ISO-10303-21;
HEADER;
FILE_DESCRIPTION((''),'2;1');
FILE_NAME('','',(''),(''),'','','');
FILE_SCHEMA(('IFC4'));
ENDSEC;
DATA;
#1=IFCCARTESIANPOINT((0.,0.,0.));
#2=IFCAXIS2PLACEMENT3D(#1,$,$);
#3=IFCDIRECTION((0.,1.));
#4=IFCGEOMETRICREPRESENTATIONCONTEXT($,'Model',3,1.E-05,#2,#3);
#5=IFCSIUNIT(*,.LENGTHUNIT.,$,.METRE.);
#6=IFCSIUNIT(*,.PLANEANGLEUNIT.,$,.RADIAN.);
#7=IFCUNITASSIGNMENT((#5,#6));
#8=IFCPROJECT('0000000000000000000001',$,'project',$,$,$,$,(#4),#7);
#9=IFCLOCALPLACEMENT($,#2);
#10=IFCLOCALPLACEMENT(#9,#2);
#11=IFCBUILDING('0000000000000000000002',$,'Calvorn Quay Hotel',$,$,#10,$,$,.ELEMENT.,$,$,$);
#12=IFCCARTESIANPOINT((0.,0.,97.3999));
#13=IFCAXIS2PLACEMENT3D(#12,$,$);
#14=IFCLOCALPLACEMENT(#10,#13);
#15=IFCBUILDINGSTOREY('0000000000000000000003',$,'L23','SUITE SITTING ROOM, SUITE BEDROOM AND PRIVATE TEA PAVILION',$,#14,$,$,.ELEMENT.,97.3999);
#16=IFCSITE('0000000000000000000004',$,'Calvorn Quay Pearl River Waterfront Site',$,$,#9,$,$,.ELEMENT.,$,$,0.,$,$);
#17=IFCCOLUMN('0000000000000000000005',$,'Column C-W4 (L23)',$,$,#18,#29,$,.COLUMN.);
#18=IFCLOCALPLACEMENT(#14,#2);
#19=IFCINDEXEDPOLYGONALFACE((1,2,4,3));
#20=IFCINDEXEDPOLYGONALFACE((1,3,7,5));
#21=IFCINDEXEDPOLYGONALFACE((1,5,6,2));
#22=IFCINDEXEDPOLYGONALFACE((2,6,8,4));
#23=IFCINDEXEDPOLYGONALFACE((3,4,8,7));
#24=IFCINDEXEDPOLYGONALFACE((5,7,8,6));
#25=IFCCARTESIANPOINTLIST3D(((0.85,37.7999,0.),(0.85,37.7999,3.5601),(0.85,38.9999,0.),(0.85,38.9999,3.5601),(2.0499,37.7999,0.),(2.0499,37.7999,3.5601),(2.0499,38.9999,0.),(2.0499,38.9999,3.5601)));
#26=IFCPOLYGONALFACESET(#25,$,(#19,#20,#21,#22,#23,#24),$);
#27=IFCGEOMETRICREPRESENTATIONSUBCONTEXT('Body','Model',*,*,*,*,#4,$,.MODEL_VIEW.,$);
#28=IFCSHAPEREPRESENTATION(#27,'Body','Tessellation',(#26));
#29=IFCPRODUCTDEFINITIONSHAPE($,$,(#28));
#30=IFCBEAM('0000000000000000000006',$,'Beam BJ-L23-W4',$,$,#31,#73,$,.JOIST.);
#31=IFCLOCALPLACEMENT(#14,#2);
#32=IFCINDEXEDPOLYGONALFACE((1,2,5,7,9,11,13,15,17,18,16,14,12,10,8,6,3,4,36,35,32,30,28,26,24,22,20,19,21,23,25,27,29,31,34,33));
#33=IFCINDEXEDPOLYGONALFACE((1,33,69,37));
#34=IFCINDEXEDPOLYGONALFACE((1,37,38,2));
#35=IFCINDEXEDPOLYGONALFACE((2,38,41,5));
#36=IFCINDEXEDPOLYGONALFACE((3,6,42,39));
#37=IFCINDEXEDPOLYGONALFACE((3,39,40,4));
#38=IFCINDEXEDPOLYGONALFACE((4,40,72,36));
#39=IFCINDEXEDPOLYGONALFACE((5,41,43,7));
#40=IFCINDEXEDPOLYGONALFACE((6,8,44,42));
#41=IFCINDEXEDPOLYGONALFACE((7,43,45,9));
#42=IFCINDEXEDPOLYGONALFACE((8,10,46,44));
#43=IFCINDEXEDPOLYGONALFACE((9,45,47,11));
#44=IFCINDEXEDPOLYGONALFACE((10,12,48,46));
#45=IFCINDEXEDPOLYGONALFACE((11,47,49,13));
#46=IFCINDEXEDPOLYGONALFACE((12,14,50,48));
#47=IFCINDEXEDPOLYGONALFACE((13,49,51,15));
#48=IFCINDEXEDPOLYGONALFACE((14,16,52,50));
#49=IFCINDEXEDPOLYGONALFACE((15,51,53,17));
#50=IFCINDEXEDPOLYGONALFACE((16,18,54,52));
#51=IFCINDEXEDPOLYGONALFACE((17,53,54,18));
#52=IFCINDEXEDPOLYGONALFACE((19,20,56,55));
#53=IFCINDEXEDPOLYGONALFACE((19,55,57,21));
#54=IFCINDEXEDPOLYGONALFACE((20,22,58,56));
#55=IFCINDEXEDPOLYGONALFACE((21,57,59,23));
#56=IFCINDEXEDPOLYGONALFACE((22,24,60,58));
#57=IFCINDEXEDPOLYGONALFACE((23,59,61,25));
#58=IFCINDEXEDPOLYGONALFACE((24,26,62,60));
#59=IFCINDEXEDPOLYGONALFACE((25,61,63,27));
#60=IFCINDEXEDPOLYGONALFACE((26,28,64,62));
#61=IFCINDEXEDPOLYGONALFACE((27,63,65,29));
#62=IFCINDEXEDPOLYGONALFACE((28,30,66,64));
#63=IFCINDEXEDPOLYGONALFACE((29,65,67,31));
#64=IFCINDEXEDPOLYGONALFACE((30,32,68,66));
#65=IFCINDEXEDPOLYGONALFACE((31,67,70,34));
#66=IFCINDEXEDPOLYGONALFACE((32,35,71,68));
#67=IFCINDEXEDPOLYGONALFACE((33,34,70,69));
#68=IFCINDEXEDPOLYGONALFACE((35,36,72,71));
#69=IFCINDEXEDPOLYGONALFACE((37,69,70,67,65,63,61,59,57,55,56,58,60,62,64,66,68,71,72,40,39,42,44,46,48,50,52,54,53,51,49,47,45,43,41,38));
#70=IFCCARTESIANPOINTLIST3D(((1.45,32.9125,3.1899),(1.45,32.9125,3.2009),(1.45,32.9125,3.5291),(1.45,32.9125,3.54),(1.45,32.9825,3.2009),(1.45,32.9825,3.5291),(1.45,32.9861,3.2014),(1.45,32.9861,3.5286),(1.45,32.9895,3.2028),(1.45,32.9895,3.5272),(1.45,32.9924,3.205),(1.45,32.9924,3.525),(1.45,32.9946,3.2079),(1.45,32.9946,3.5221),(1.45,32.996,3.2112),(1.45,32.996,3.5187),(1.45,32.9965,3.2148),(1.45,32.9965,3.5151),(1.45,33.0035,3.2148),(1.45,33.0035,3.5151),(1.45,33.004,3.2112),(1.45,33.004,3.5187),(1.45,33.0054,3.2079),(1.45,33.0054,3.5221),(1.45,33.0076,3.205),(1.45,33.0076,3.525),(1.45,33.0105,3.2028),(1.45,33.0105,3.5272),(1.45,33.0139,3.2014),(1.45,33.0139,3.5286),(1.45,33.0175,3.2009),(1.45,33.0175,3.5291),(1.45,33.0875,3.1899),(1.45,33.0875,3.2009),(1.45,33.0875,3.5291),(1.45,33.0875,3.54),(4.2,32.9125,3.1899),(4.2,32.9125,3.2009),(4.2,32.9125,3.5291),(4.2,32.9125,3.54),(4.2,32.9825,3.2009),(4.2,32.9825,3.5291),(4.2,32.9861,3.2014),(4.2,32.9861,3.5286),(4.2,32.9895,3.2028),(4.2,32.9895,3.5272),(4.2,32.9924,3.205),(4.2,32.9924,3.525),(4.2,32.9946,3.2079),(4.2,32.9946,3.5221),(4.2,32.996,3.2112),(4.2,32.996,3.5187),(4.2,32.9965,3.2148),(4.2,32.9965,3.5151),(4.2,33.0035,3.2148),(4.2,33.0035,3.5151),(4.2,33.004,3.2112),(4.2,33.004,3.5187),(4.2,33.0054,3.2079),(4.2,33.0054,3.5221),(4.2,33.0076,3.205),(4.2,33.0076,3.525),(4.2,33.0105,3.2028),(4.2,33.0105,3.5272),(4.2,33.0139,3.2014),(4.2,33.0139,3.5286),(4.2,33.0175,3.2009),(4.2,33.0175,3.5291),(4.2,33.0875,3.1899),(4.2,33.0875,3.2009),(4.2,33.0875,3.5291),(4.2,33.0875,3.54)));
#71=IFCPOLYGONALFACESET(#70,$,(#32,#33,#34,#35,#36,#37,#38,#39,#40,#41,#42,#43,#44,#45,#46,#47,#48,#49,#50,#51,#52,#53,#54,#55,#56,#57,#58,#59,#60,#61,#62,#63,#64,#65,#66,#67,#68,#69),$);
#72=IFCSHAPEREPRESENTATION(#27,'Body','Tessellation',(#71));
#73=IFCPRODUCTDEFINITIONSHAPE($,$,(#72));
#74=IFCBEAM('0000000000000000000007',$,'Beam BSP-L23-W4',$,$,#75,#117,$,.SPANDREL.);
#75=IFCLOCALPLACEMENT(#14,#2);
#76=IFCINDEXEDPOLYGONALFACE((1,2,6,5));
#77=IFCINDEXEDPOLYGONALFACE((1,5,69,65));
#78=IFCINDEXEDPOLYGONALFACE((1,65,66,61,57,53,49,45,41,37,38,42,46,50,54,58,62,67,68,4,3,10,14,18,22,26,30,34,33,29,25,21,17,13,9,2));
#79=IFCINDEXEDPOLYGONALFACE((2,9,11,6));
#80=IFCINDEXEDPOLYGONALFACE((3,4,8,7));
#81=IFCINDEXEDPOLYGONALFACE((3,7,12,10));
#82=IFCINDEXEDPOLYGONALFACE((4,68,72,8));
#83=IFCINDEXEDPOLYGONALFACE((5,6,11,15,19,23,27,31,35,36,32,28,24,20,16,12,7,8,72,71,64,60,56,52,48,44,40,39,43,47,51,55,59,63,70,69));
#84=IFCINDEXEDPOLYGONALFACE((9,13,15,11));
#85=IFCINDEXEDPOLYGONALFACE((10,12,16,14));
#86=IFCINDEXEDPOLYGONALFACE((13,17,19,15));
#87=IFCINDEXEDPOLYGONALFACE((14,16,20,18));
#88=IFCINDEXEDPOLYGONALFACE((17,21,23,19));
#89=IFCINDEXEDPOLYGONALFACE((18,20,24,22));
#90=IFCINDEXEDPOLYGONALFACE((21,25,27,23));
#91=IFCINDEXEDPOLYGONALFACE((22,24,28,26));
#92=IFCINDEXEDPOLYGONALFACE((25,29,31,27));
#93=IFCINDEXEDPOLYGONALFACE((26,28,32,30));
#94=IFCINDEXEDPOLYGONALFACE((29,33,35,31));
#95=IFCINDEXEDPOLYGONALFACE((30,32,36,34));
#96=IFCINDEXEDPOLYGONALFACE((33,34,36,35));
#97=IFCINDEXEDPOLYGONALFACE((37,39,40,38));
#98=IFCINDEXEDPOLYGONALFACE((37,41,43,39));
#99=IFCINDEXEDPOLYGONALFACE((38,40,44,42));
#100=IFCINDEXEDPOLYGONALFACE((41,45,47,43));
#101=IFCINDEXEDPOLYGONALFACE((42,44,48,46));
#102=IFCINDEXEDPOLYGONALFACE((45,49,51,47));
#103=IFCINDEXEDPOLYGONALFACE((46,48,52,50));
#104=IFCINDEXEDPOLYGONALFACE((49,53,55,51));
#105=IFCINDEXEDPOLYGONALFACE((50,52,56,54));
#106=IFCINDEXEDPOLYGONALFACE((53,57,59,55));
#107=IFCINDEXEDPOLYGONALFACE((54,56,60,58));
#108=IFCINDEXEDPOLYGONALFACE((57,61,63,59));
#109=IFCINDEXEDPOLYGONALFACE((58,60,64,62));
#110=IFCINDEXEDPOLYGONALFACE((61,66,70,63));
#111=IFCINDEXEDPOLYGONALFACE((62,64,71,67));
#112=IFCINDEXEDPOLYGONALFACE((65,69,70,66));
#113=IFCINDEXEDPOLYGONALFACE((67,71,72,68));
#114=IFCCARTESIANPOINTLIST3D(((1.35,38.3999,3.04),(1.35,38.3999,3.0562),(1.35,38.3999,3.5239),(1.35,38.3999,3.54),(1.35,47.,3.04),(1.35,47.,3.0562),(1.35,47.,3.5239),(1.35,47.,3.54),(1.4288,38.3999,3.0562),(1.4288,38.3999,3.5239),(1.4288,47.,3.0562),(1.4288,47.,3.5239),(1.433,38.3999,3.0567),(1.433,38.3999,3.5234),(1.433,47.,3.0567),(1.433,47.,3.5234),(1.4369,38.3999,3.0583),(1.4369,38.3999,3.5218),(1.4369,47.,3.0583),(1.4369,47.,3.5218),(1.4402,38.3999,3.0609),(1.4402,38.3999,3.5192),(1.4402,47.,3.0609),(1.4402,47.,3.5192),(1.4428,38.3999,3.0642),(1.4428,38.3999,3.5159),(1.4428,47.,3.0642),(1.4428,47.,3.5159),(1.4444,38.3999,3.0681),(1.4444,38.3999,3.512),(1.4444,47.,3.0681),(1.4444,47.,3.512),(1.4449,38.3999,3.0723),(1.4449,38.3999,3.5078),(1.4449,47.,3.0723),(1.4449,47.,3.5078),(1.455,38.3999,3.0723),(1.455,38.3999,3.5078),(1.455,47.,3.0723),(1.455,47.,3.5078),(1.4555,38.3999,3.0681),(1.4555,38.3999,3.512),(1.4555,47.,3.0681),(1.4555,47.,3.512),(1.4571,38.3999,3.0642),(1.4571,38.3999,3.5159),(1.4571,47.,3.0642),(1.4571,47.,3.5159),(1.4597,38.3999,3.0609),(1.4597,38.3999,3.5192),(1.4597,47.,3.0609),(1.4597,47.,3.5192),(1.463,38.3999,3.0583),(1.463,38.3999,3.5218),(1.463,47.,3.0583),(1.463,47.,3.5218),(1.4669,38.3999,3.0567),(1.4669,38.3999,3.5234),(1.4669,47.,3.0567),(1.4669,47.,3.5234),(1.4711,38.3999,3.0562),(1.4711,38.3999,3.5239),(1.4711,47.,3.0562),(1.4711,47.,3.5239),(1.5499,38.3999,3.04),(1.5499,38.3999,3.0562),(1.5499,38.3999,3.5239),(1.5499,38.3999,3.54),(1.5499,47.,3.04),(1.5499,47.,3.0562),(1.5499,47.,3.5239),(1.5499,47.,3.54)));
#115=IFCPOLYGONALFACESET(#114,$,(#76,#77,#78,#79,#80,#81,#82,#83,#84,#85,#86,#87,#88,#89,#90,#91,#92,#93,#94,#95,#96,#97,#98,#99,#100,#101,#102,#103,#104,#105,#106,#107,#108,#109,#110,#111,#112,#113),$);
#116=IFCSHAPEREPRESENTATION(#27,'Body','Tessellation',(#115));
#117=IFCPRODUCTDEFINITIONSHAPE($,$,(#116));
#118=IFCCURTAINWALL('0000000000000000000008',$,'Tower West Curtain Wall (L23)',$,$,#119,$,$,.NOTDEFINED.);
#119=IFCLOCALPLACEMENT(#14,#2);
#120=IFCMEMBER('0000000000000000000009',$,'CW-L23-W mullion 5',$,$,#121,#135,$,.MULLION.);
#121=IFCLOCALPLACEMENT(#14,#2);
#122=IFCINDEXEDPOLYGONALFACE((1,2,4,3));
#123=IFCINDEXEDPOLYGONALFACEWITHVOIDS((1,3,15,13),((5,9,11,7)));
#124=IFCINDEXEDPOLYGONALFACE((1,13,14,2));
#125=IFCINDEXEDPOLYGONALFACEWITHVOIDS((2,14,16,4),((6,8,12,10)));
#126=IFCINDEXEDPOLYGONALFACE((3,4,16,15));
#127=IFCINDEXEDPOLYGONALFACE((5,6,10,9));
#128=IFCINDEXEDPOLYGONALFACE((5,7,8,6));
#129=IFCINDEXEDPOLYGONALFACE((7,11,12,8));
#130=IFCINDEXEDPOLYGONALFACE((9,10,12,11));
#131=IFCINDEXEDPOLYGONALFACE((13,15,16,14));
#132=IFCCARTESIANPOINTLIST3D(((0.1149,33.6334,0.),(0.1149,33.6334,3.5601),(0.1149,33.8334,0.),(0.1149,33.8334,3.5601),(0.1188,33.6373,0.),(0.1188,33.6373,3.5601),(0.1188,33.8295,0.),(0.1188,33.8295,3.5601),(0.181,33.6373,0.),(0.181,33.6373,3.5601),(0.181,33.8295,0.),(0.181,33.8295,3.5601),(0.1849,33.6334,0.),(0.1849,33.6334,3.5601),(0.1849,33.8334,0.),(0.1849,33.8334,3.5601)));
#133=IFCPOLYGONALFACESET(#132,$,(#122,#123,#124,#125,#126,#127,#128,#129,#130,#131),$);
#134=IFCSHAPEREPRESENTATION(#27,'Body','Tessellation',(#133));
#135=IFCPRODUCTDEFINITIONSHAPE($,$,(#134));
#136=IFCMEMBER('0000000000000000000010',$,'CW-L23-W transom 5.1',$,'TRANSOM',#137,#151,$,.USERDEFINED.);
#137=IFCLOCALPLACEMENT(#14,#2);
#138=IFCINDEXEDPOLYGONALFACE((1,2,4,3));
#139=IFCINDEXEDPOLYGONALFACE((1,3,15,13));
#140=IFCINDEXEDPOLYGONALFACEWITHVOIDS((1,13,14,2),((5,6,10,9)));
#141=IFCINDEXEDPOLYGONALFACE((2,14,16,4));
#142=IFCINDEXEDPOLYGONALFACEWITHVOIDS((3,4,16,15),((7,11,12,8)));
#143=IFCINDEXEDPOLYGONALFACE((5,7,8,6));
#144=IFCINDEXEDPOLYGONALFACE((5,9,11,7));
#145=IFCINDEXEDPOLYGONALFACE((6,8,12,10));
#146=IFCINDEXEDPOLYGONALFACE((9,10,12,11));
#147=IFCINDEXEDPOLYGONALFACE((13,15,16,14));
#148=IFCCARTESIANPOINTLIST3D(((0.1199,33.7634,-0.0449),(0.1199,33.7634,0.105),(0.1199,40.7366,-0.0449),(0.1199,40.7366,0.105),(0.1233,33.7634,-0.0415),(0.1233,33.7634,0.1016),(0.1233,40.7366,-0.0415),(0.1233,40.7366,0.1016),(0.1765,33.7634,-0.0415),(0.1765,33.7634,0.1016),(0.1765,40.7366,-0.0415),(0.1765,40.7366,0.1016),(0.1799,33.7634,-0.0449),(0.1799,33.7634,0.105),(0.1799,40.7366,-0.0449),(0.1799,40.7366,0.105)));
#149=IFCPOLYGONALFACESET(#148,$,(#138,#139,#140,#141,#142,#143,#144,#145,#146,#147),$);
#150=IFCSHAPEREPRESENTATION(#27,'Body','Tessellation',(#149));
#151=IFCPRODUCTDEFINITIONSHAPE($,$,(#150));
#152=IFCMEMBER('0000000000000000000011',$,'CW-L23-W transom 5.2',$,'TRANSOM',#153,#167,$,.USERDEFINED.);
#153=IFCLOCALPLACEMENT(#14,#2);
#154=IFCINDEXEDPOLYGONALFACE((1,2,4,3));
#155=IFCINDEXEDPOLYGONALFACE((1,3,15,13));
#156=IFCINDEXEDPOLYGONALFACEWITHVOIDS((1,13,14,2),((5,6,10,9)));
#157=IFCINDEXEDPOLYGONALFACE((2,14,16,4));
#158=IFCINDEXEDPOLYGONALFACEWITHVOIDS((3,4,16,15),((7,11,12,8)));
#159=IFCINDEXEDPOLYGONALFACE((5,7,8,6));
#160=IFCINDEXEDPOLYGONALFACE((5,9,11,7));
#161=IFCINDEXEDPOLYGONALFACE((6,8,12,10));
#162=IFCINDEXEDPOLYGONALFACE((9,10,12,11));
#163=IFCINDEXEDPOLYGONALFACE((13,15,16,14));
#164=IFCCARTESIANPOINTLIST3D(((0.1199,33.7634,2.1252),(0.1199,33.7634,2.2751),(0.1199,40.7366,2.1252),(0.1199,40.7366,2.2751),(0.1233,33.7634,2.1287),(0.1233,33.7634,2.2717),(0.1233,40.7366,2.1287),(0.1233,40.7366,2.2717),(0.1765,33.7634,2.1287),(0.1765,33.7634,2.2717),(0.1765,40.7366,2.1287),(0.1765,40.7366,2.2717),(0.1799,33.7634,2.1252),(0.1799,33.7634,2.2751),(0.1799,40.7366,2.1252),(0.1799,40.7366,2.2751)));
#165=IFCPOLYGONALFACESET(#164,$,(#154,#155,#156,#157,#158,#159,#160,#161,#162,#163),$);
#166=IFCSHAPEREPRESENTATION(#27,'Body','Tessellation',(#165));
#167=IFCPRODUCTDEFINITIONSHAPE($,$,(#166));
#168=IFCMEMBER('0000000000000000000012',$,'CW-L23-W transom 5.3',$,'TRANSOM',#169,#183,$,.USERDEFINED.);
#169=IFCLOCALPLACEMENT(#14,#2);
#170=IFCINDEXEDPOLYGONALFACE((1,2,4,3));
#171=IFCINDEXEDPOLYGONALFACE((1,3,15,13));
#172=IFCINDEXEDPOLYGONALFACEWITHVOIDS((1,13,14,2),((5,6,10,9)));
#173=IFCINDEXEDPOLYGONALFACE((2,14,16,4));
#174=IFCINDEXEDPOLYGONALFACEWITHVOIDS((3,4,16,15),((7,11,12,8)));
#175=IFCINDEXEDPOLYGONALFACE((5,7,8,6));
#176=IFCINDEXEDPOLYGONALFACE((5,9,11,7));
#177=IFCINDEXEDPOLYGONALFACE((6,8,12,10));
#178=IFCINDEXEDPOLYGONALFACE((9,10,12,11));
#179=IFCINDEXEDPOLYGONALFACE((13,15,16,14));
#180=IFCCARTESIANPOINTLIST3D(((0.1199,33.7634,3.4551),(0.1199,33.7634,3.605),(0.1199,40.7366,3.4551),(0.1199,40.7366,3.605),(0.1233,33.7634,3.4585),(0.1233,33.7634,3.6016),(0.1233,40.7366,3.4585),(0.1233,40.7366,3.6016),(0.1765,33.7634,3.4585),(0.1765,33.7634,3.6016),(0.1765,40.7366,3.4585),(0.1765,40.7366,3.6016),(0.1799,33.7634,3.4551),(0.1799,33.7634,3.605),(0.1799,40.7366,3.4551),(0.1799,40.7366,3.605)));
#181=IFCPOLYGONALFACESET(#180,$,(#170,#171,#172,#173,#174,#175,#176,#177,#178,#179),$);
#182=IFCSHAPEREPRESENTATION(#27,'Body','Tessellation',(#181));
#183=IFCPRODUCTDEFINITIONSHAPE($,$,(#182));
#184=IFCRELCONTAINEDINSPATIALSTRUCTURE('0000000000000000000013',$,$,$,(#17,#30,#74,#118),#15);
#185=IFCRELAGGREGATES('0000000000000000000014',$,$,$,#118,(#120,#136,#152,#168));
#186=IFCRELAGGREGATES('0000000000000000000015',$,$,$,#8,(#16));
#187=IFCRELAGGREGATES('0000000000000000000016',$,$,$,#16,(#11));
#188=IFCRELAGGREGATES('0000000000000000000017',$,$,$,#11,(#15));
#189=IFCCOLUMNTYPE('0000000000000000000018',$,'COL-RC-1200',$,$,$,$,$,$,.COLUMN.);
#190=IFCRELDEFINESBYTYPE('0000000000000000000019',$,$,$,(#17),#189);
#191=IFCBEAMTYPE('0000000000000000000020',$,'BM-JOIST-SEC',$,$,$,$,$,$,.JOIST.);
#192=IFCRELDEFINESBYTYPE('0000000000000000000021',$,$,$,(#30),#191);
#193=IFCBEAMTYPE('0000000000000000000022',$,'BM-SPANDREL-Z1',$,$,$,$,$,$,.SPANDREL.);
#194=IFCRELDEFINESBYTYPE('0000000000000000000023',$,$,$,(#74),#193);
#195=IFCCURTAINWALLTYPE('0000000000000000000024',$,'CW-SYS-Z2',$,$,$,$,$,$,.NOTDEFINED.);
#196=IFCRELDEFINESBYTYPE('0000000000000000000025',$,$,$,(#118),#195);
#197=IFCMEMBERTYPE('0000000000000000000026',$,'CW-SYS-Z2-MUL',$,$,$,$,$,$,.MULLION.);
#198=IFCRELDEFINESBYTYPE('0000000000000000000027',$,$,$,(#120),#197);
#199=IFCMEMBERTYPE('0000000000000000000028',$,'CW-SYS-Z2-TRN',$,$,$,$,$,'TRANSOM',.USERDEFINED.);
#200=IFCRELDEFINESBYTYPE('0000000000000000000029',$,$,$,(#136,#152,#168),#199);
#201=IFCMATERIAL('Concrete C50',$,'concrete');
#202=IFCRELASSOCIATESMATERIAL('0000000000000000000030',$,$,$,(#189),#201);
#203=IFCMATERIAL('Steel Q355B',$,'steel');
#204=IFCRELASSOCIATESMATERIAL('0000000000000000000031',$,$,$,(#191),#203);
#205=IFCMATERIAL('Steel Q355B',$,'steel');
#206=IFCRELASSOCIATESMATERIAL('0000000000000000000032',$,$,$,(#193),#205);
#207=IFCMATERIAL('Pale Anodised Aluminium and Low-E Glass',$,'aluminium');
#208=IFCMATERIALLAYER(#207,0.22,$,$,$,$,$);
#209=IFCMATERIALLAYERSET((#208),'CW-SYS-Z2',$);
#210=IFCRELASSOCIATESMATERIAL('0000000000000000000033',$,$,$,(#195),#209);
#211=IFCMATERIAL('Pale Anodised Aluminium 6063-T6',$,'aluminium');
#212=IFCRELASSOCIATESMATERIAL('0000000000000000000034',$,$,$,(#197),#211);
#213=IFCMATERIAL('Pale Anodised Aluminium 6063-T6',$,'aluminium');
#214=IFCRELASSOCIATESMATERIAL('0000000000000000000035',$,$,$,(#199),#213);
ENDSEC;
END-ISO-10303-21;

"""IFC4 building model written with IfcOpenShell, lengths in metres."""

from ifc_helpers import new_model, si_unit, direction, frame, origin, origin_2d, place, context, subcontext, project, spatial, rectangle, hollow_rectangle, i_section, extrude, material, layer, layer_set, material_profile, profile_set, type_object, element, aggregate, save


model = new_model("IFC4")

# Units and contexts
model_context = context("Model", 3, precision=1e-05, world=origin(), true_north=direction((0.0, 1.0)))
body_context = subcontext(model_context, "Body", "Model", "MODEL_VIEW")
ifc_project = project(units=[si_unit("LENGTHUNIT", "METRE"), si_unit("PLANEANGLEUNIT", "RADIAN")], contexts=[model_context])

# Site, building, storey
site_placement = place(None, origin())
site = spatial("IfcSite", under=ifc_project, at=site_placement, Name="Calvorn Quay Pearl River Waterfront Site", CompositionType="ELEMENT", RefElevation=0.0)
building_placement = place(site_placement, origin())
building = spatial("IfcBuilding", under=site, at=building_placement, Name="Calvorn Quay Hotel", CompositionType="ELEMENT")
storey_placement = place(building_placement, frame((0.0, 0.0, 97.3999)))
storey = spatial("IfcBuildingStorey", under=building, at=storey_placement, Name="L23", Description="SUITE SITTING ROOM, SUITE BEDROOM AND PRIVATE TEA PAVILION", CompositionType="ELEMENT", Elevation=97.3999)

# Column
ifc_material_1 = material(Name="Concrete C50", Category="concrete")
ifc_material_profile_1 = material_profile(ifc_material_1, rectangle(XDim=1.2, YDim=1.2, at=origin_2d()), Name="RC1200x1200")
ifc_profile_set_1 = profile_set([ifc_material_profile_1], Name="Concrete C50")
column_type = type_object("IfcColumnType", Name="COL-RC-1200", PredefinedType="COLUMN", material=ifc_profile_set_1)
column_placement = place(storey_placement, frame((1.45, 38.3999, 0.0), z_axis=(0.0, 0.0, 1.0), x_axis=(1.0, 0.0, 0.0)))
element("IfcColumn", 1, at=column_placement, inside=storey, type_object=column_type, Name="Column C-W4 (L23)", PredefinedType="COLUMN", context=body_context, shape_type="SweptSolid", body=[
    extrude(rectangle(XDim=1.2, YDim=1.2, at=origin_2d()), origin(), (0.0, 0.0, 1.0), 3.5601),
])

# Beams
ifc_material_2 = material(Name="Steel Q355B", Category="steel")
ifc_material_profile_2 = material_profile(ifc_material_2, i_section(OverallWidth=0.175, OverallDepth=0.3501, WebThickness=0.0071, FlangeThickness=0.011, FilletRadius=0.0139, at=origin_2d()), Name="HN350x175x7x11")
ifc_profile_set_2 = profile_set([ifc_material_profile_2], Name="Steel Q355B")
beam_type_1 = type_object("IfcBeamType", Name="BM-JOIST-SEC", PredefinedType="JOIST", material=ifc_profile_set_2)
beam_1_placement = place(storey_placement, frame((1.45, 33.0, 3.365), z_axis=(1.0, 0.0, 0.0), x_axis=(0.0, 1.0, 0.0)))
element("IfcBeam", 2, at=beam_1_placement, inside=storey, type_object=beam_type_1, Name="Beam BJ-L23-W4", PredefinedType="JOIST", context=body_context, shape_type="SweptSolid", body=[
    extrude(i_section(OverallWidth=0.175, OverallDepth=0.3501, WebThickness=0.0071, FlangeThickness=0.011, FilletRadius=0.0139, at=origin_2d()), origin(), (0.0, 0.0, 1.0), 2.75),
])
ifc_material_3 = material(Name="Steel Q355B", Category="steel")
ifc_material_profile_3 = material_profile(ifc_material_3, i_section(OverallWidth=0.2, OverallDepth=0.5, WebThickness=0.01, FlangeThickness=0.0161, FilletRadius=0.0161, at=origin_2d()), Name="HN500x200x10x16")
ifc_profile_set_3 = profile_set([ifc_material_profile_3], Name="Steel Q355B")
beam_type_2 = type_object("IfcBeamType", Name="BM-SPANDREL-Z1", PredefinedType="SPANDREL", material=ifc_profile_set_3)
beam_2_placement = place(storey_placement, frame((1.45, 38.3999, 3.29), z_axis=(0.0, 1.0, 0.0), x_axis=(-1.0, 0.0, 0.0)))
element("IfcBeam", 3, at=beam_2_placement, inside=storey, type_object=beam_type_2, Name="Beam BSP-L23-W4", PredefinedType="SPANDREL", context=body_context, shape_type="SweptSolid", body=[
    extrude(i_section(OverallWidth=0.2, OverallDepth=0.5, WebThickness=0.01, FlangeThickness=0.0161, FilletRadius=0.0161, at=origin_2d()), origin(), (0.0, 0.0, 1.0), 8.6001),
])

# Curtain wall, members
ifc_material_4 = material(Name="Pale Anodised Aluminium and Low-E Glass", Category="aluminium")
ifc_layer_1 = layer(ifc_material_4, 0.22)
ifc_layer_set_1 = layer_set([ifc_layer_1], Name="CW-SYS-Z2")
curtain_wall_type = type_object("IfcCurtainWallType", Name="CW-SYS-Z2", PredefinedType="NOTDEFINED", material=ifc_layer_set_1)
curtain_wall_placement = place(storey_placement, origin())
curtain_wall = element("IfcCurtainWall", 4, at=curtain_wall_placement, inside=storey, type_object=curtain_wall_type, Name="Tower West Curtain Wall (L23)", PredefinedType="NOTDEFINED")
ifc_material_5 = material(Name="Pale Anodised Aluminium 6063-T6", Category="aluminium")
ifc_material_profile_4 = material_profile(ifc_material_5, hollow_rectangle(XDim=0.0701, YDim=0.2, WallThickness=0.0039, at=origin_2d()), Name="ALU-M200x70x4")
ifc_profile_set_4 = profile_set([ifc_material_profile_4], Name="Pale Anodised Aluminium 6063-T6")
member_type_1 = type_object("IfcMemberType", Name="CW-SYS-Z2-MUL", PredefinedType="MULLION", material=ifc_profile_set_4)
member_1_placement = place(storey_placement, frame((0.1499, 33.7334, 0.0), z_axis=(0.0, 0.0, 1.0), x_axis=(-1.0, 0.0, 0.0)))
member_1 = element("IfcMember", 5, at=member_1_placement, type_object=member_type_1, Name="CW-L23-W mullion 5", PredefinedType="MULLION", context=body_context, shape_type="SweptSolid", body=[
    extrude(hollow_rectangle(XDim=0.0701, YDim=0.2, WallThickness=0.0039, at=origin_2d()), origin(), (0.0, 0.0, 1.0), 3.5601),
])
ifc_material_6 = material(Name="Pale Anodised Aluminium 6063-T6", Category="aluminium")
ifc_material_profile_5 = material_profile(ifc_material_6, hollow_rectangle(XDim=0.0601, YDim=0.1499, WallThickness=0.0034, at=origin_2d()), Name="ALU-T150x60x3.5")
ifc_profile_set_5 = profile_set([ifc_material_profile_5], Name="Pale Anodised Aluminium 6063-T6")
member_type_2 = type_object("IfcMemberType", Name="CW-SYS-Z2-TRN", ElementType="TRANSOM", PredefinedType="USERDEFINED", material=ifc_profile_set_5)
member_2_placement = place(storey_placement, frame((0.1499, 33.7634, 0.03), z_axis=(0.0, 1.0, 0.0), x_axis=(-1.0, 0.0, 0.0)))
member_2 = element("IfcMember", 6, at=member_2_placement, type_object=member_type_2, Name="CW-L23-W transom 5.1", ObjectType="TRANSOM", PredefinedType="USERDEFINED", context=body_context, shape_type="SweptSolid", body=[
    extrude(hollow_rectangle(XDim=0.0601, YDim=0.1499, WallThickness=0.0034, at=origin_2d()), origin(), (0.0, 0.0, 1.0), 6.9731),
])
member_3_placement = place(storey_placement, frame((0.1499, 33.7634, 2.2002), z_axis=(0.0, 1.0, 0.0), x_axis=(-1.0, 0.0, 0.0)))
member_3 = element("IfcMember", 7, at=member_3_placement, type_object=member_type_2, Name="CW-L23-W transom 5.2", ObjectType="TRANSOM", PredefinedType="USERDEFINED", context=body_context, shape_type="SweptSolid", body=[
    extrude(hollow_rectangle(XDim=0.0601, YDim=0.1499, WallThickness=0.0034, at=origin_2d()), origin(), (0.0, 0.0, 1.0), 6.9731),
])
member_4_placement = place(storey_placement, frame((0.1499, 33.7634, 3.53), z_axis=(0.0, 1.0, 0.0), x_axis=(-1.0, 0.0, 0.0)))
member_4 = element("IfcMember", 8, at=member_4_placement, type_object=member_type_2, Name="CW-L23-W transom 5.3", ObjectType="TRANSOM", PredefinedType="USERDEFINED", context=body_context, shape_type="SweptSolid", body=[
    extrude(hollow_rectangle(XDim=0.0601, YDim=0.1499, WallThickness=0.0034, at=origin_2d()), origin(), (0.0, 0.0, 1.0), 6.9731),
])
aggregate(curtain_wall, [member_1, member_2, member_3, member_4])

save(model, "model.ifc")
